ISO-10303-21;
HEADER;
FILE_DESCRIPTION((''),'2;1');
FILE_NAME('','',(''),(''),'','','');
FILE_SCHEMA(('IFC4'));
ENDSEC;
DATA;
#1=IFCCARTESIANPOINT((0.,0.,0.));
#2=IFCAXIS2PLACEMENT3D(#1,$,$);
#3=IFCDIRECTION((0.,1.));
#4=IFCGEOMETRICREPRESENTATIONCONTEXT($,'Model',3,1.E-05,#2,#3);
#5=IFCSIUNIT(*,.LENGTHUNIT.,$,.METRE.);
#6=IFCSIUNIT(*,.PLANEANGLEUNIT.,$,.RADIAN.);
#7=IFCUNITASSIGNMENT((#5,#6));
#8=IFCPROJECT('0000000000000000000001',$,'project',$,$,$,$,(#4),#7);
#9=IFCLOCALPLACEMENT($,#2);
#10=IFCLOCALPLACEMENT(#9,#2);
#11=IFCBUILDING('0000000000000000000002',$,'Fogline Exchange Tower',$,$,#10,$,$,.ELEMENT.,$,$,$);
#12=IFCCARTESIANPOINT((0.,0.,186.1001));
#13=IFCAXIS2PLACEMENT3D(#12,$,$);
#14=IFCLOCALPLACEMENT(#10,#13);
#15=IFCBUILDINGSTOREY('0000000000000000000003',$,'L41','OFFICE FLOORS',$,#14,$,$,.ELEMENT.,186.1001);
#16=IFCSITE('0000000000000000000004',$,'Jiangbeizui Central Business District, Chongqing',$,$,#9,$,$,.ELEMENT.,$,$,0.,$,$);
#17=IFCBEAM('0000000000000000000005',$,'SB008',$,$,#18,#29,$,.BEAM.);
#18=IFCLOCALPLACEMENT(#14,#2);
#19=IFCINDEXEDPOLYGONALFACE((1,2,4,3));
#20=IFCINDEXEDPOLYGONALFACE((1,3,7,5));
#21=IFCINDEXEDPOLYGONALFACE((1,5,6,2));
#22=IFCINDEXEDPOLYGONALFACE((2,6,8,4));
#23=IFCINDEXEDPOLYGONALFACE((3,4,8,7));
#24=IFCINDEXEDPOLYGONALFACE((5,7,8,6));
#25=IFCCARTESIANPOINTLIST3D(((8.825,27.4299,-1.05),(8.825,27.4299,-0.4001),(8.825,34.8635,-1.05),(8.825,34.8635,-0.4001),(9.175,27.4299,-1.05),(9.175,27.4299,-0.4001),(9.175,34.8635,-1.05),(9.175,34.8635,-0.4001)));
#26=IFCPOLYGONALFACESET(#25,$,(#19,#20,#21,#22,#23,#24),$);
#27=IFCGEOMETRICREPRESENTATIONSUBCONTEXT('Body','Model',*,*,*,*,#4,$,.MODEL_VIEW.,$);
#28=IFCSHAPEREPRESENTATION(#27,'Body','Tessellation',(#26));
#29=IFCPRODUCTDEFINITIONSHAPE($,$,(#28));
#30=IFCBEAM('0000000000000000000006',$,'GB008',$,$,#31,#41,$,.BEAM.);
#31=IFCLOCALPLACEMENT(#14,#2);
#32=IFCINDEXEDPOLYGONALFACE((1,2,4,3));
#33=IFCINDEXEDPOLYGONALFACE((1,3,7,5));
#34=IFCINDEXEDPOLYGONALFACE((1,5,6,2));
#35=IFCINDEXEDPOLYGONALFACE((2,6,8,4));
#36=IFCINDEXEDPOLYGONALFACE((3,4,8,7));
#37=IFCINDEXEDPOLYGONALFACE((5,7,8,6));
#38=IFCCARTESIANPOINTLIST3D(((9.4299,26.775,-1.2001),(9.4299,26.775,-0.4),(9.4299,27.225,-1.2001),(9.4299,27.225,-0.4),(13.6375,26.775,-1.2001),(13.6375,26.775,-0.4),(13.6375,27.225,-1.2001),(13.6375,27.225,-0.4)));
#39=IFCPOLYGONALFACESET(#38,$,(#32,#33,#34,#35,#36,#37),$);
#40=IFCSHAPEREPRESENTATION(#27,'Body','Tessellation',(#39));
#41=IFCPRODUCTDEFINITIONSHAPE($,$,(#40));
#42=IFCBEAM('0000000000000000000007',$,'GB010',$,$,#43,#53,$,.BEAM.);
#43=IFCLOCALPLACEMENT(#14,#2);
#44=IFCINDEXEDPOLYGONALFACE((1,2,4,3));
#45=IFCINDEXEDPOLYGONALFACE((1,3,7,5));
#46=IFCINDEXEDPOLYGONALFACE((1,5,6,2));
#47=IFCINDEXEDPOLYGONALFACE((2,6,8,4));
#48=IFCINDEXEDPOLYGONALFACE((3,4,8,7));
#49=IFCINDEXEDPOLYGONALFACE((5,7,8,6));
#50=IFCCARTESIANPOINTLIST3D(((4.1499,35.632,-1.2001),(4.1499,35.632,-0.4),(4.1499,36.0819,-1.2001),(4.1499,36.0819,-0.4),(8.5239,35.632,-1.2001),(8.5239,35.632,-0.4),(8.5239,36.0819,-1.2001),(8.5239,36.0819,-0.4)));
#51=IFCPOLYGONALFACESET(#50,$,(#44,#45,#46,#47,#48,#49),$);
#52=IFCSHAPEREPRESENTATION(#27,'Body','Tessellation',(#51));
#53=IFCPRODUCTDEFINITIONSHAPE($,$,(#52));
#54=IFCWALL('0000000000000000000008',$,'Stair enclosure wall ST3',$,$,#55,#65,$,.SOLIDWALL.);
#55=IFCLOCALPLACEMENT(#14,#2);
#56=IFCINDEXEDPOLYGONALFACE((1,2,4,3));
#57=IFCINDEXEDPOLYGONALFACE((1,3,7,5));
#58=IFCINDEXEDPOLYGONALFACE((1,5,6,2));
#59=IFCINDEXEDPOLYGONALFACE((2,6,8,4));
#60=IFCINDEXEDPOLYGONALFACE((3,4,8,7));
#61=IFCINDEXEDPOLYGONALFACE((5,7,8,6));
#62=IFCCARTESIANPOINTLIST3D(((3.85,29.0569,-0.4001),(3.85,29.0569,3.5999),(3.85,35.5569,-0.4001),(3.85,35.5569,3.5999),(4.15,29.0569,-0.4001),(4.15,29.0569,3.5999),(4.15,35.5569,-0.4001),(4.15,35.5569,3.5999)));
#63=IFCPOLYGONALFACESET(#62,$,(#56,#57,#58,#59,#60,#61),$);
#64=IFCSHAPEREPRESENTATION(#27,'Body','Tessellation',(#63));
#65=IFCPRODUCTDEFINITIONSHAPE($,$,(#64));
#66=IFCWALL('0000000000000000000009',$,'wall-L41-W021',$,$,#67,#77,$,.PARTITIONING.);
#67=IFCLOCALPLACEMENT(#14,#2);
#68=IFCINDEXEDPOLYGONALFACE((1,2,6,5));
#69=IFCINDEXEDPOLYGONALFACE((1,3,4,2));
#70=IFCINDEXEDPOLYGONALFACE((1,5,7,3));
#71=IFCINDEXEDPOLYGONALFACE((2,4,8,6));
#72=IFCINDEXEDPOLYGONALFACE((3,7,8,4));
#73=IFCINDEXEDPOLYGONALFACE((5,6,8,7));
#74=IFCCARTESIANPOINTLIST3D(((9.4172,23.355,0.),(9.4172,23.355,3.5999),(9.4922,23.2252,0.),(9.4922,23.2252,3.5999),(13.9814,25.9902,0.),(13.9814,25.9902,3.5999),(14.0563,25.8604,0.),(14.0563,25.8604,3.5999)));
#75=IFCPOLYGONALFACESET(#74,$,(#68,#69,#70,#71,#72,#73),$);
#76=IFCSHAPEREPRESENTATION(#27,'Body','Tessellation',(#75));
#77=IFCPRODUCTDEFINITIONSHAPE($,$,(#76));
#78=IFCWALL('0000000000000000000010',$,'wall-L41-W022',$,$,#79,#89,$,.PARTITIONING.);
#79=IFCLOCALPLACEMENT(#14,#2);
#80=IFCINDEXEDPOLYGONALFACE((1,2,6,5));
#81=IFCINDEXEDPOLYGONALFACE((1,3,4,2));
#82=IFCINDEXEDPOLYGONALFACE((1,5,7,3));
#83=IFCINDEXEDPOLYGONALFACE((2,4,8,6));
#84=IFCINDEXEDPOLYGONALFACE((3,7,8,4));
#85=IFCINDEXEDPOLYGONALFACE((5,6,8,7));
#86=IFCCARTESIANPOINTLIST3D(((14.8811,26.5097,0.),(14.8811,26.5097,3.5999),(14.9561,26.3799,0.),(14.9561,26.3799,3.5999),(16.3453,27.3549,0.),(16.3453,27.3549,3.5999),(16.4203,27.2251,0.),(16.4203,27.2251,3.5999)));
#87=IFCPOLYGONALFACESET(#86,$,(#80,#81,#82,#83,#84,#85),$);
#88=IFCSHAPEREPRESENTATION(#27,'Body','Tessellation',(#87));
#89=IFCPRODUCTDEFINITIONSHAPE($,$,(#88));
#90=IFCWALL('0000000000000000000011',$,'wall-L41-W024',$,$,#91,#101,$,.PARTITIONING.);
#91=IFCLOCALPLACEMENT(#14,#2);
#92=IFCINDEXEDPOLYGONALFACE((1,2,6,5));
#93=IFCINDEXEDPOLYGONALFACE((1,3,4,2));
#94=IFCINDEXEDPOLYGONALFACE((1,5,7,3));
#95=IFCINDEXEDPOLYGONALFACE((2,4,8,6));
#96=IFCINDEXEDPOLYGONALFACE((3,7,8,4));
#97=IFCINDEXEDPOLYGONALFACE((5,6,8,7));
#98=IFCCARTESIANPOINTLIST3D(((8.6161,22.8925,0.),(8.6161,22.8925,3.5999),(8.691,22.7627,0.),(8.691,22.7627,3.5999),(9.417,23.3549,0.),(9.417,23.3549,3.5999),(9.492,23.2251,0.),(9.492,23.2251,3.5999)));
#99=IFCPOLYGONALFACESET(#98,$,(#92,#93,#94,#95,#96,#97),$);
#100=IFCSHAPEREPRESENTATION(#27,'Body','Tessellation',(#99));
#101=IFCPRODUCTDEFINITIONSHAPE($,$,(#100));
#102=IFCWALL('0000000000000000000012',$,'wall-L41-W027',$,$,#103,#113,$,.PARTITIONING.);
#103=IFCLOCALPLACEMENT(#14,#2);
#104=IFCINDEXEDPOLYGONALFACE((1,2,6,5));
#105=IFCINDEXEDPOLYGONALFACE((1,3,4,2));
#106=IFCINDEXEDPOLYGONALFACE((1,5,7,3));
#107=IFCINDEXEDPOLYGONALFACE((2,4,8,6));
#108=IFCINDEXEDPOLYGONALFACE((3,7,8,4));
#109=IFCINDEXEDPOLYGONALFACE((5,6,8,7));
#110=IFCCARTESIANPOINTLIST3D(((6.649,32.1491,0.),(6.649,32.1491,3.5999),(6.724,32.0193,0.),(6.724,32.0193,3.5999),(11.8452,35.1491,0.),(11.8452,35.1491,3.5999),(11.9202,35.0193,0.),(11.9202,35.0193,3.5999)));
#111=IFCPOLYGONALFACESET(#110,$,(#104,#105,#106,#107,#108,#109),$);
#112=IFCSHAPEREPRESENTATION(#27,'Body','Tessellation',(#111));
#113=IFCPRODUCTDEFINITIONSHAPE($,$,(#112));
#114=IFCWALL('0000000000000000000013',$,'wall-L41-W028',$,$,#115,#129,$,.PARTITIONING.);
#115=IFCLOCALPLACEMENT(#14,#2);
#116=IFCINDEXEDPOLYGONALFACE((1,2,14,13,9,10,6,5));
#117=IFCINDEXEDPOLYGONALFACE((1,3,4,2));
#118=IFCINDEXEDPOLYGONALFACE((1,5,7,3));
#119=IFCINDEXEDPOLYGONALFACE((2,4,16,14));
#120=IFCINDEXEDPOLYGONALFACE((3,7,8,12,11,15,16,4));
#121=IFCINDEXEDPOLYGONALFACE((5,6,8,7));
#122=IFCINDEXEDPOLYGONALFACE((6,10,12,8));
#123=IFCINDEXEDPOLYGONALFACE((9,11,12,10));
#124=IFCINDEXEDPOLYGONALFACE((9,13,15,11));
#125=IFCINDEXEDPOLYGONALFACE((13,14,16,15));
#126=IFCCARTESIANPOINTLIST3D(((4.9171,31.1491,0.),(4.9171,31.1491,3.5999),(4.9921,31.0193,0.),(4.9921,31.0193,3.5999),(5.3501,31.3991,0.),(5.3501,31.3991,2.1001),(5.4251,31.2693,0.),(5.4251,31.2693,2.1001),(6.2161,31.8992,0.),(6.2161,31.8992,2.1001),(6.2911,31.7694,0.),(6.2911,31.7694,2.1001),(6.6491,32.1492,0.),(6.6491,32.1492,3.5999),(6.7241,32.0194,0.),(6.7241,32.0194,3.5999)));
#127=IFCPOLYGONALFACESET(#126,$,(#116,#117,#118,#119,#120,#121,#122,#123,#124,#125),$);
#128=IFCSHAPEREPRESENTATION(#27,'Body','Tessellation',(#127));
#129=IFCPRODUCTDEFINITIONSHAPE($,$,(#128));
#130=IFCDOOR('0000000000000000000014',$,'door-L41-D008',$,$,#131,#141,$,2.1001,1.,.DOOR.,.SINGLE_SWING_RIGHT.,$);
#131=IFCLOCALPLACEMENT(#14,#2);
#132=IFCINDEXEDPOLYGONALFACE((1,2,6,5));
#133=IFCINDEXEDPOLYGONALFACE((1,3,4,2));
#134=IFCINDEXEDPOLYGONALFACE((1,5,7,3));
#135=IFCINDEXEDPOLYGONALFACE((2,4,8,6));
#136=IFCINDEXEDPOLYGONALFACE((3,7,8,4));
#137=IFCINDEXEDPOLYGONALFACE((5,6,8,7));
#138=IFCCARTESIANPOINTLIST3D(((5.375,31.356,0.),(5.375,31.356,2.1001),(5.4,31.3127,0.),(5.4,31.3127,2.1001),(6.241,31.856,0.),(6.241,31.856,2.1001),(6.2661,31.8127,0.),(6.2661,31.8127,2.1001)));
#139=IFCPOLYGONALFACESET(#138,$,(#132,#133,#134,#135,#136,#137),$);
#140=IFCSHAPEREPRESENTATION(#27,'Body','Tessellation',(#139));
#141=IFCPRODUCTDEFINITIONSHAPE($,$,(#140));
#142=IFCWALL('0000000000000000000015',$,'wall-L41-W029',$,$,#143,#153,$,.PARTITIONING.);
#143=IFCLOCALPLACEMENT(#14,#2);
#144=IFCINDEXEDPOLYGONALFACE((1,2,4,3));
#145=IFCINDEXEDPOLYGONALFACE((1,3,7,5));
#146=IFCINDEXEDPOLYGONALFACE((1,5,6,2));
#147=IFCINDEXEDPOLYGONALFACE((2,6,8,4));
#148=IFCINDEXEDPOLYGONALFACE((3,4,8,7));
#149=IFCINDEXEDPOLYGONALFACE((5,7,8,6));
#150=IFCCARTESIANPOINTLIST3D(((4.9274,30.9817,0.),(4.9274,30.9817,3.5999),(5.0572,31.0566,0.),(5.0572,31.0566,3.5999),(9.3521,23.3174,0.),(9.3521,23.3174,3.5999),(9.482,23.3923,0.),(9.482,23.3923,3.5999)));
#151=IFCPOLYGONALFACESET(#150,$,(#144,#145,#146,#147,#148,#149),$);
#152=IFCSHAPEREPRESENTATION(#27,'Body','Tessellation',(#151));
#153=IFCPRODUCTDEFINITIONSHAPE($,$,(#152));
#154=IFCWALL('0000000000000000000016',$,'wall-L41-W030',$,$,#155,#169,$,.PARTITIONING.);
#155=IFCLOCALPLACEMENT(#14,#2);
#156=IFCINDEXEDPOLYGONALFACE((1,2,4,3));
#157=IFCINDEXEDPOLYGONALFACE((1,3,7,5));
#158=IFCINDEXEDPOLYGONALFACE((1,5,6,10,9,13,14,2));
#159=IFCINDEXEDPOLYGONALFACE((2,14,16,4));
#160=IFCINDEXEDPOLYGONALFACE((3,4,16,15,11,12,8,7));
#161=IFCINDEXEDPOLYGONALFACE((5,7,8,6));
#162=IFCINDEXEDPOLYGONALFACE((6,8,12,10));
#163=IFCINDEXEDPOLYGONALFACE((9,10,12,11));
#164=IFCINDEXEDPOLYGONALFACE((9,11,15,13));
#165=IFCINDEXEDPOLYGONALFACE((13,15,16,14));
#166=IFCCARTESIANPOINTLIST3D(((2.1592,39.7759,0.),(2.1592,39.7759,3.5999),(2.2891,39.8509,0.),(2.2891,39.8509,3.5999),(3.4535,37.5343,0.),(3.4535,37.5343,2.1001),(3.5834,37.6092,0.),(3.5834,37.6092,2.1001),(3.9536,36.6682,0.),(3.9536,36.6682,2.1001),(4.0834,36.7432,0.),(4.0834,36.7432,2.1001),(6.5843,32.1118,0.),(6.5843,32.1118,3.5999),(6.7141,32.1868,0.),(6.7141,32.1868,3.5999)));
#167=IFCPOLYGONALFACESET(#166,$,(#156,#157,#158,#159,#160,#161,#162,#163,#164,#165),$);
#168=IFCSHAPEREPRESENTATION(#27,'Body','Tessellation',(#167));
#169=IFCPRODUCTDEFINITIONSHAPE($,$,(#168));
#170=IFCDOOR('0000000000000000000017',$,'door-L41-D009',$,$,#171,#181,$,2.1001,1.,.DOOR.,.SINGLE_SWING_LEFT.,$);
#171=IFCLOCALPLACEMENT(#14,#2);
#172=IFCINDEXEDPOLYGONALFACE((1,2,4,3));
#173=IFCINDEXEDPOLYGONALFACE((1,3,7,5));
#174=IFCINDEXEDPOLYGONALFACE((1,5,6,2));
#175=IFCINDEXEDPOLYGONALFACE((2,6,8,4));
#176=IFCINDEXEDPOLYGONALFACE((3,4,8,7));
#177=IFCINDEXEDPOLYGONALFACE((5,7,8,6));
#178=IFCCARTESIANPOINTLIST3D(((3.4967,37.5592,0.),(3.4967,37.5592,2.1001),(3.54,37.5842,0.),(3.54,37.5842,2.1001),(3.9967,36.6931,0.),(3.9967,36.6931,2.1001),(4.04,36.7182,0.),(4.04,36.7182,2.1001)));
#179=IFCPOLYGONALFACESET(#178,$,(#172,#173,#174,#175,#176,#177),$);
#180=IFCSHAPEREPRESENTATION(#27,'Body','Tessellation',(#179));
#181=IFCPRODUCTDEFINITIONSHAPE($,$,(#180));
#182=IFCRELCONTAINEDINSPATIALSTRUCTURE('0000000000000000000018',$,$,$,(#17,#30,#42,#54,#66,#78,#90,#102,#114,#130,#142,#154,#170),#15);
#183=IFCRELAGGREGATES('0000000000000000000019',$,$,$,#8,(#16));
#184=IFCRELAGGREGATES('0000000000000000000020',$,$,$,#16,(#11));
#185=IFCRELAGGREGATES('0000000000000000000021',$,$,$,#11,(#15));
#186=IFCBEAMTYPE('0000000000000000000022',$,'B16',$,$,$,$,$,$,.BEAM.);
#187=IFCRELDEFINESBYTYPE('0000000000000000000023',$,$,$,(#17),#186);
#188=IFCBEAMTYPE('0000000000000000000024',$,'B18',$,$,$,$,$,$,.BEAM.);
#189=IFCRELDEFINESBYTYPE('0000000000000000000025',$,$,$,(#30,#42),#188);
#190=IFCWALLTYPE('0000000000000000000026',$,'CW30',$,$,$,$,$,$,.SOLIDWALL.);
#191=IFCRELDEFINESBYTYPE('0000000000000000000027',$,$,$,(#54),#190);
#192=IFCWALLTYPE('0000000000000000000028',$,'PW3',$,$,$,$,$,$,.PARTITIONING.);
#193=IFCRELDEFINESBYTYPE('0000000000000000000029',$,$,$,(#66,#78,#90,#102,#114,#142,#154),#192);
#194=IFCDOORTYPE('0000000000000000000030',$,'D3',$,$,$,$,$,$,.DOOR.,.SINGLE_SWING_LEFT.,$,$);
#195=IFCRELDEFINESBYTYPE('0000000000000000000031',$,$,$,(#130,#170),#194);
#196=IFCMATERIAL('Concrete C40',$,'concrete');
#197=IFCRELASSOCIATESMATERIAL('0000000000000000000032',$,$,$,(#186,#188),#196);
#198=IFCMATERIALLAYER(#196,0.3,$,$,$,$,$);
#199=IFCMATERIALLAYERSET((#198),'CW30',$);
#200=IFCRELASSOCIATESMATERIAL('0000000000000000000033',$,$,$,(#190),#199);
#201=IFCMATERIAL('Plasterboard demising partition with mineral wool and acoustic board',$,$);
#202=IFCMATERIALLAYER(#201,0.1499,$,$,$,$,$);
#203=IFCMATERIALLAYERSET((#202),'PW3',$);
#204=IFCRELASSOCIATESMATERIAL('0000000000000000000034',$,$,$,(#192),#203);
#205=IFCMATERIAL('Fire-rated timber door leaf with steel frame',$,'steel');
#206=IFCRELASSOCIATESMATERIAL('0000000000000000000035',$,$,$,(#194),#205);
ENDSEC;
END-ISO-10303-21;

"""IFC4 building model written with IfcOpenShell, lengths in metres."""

from ifc_helpers import new_model, si_unit, direction, frame, frame_2d, origin, origin_2d, place, context, subcontext, project, spatial, rectangle, extrude, material, layer, layer_set, material_profile, profile_set, type_object, element, fill, save


model = new_model("IFC4")

# Units and contexts
model_context = context("Model", 3, precision=1e-05, world=origin(), true_north=direction((0.0, 1.0)))
body_context = subcontext(model_context, "Body", "Model", "MODEL_VIEW")
ifc_project = project(units=[si_unit("LENGTHUNIT", "METRE"), si_unit("PLANEANGLEUNIT", "RADIAN")], contexts=[model_context])

# Site, building, storey
site_placement = place(None, origin())
site = spatial("IfcSite", under=ifc_project, at=site_placement, Name="Jiangbeizui Central Business District, Chongqing", CompositionType="ELEMENT", RefElevation=0.0)
building_placement = place(site_placement, origin())
building = spatial("IfcBuilding", under=site, at=building_placement, Name="Fogline Exchange Tower", CompositionType="ELEMENT")
storey_placement = place(building_placement, frame((0.0, 0.0, 186.1001)))
storey = spatial("IfcBuildingStorey", under=building, at=storey_placement, Name="L41", Description="OFFICE FLOORS", CompositionType="ELEMENT", Elevation=186.1001)

# Beams
ifc_material_1 = material(Name="Concrete C40", Category="concrete")
ifc_material_profile_1 = material_profile(ifc_material_1, rectangle(XDim=0.3501, YDim=0.6499, at=origin_2d()), Name="RC 350x650")
ifc_profile_set_1 = profile_set([ifc_material_profile_1], Name="Concrete C40")
beam_type_1 = type_object("IfcBeamType", Name="B16", PredefinedType="BEAM", material=ifc_profile_set_1)
beam_1_placement = place(storey_placement, frame((9.0, 27.4299, -0.7251), z_axis=(0.0, 1.0, 0.0), x_axis=(-1.0, 0.0, 0.0)))
element("IfcBeam", 1, at=beam_1_placement, inside=storey, type_object=beam_type_1, Name="SB008", PredefinedType="BEAM", context=body_context, shape_type="SweptSolid", body=[
    extrude(rectangle(XDim=0.3501, YDim=0.6499, at=origin_2d()), origin(), (0.0, 0.0, 1.0), 7.4336),
])
ifc_material_profile_2 = material_profile(ifc_material_1, rectangle(XDim=0.45, YDim=0.8, at=origin_2d()), Name="RC 450x800")
ifc_profile_set_2 = profile_set([ifc_material_profile_2], Name="Concrete C40")
beam_type_2 = type_object("IfcBeamType", Name="B18", PredefinedType="BEAM", material=ifc_profile_set_2)
beam_2_placement = place(storey_placement, frame((9.4299, 27.0, -0.8), z_axis=(1.0, 0.0, 0.0), x_axis=(0.0, 1.0, 0.0)))
element("IfcBeam", 2, at=beam_2_placement, inside=storey, type_object=beam_type_2, Name="GB008", PredefinedType="BEAM", context=body_context, shape_type="SweptSolid", body=[
    extrude(rectangle(XDim=0.45, YDim=0.8, at=origin_2d()), origin(), (0.0, 0.0, 1.0), 4.2075),
])
beam_3_placement = place(storey_placement, frame((4.1499, 35.8569, -0.8), z_axis=(1.0, 0.0, 0.0), x_axis=(0.0, 1.0, 0.0)))
element("IfcBeam", 3, at=beam_3_placement, inside=storey, type_object=beam_type_2, Name="GB010", PredefinedType="BEAM", context=body_context, shape_type="SweptSolid", body=[
    extrude(rectangle(XDim=0.45, YDim=0.8, at=origin_2d()), origin(), (0.0, 0.0, 1.0), 4.374),
])

# Wall
ifc_layer_1 = layer(ifc_material_1, 0.3)
ifc_layer_set_1 = layer_set([ifc_layer_1], Name="CW30")
wall_type_1 = type_object("IfcWallType", Name="CW30", PredefinedType="SOLIDWALL", material=ifc_layer_set_1)
wall_1_placement = place(storey_placement, frame((4.0, 29.0569, -0.4001), z_axis=(0.0, 0.0, 1.0), x_axis=(0.0, 1.0, 0.0)))
element("IfcWall", 4, at=wall_1_placement, inside=storey, type_object=wall_type_1, Name="Stair enclosure wall ST3", PredefinedType="SOLIDWALL", context=body_context, shape_type="SweptSolid", body=[
    extrude(rectangle(XDim=6.5, YDim=0.3, at=frame_2d((3.25, 0.0))), origin(), (0.0, 0.0, 1.0), 4.0),
])

# Walls
ifc_material_2 = material(Name="Plasterboard demising partition with mineral wool and acoustic board")
ifc_layer_2 = layer(ifc_material_2, 0.1499)
ifc_layer_set_2 = layer_set([ifc_layer_2], Name="PW3")
wall_type_2 = type_object("IfcWallType", Name="PW3", PredefinedType="PARTITIONING", material=ifc_layer_set_2)
wall_2_placement = place(storey_placement, frame((9.4546, 23.29, 0.0), z_axis=(0.0, 0.0, 1.0), x_axis=(0.866017, 0.500015, 0.0)))
element("IfcWall", 5, at=wall_2_placement, inside=storey, type_object=wall_type_2, Name="wall-L41-W021", PredefinedType="PARTITIONING", context=body_context, shape_type="SweptSolid", body=[
    extrude(rectangle(XDim=5.2703, YDim=0.1499, at=frame_2d((2.6353, 0.0))), origin(), (0.0, 0.0, 1.0), 3.5999),
])
wall_3_placement = place(storey_placement, frame((14.9187, 26.4448, 0.0), z_axis=(0.0, 0.0, 1.0), x_axis=(0.866049, 0.49996, 0.0)))
element("IfcWall", 6, at=wall_3_placement, inside=storey, type_object=wall_type_2, Name="wall-L41-W022", PredefinedType="PARTITIONING", context=body_context, shape_type="SweptSolid", body=[
    extrude(rectangle(XDim=1.6907, YDim=0.1499, at=frame_2d((0.8452, 0.0))), origin(), (0.0, 0.0, 1.0), 3.5999),
])
wall_4_placement = place(storey_placement, frame((8.6536, 22.8276, 0.0), z_axis=(0.0, 0.0, 1.0), x_axis=(0.866058, 0.499943, 0.0)))
element("IfcWall", 7, at=wall_4_placement, inside=storey, type_object=wall_type_2, Name="wall-L41-W024", PredefinedType="PARTITIONING", context=body_context, shape_type="SweptSolid", body=[
    extrude(rectangle(XDim=0.9248, YDim=0.1499, at=frame_2d((0.4624, 0.0))), origin(), (0.0, 0.0, 1.0), 3.5999),
])
wall_5_placement = place(storey_placement, frame((6.6865, 32.0842, 0.0), z_axis=(0.0, 0.0, 1.0), x_axis=(0.866031, 0.49999, 0.0)))
element("IfcWall", 8, at=wall_5_placement, inside=storey, type_object=wall_type_2, Name="wall-L41-W027", PredefinedType="PARTITIONING", context=body_context, shape_type="SweptSolid", body=[
    extrude(rectangle(XDim=6.0, YDim=0.1499, at=frame_2d((3.0, 0.0))), origin(), (0.0, 0.0, 1.0), 3.5999),
])

# Wall, opening, door
wall_6_placement = place(storey_placement, frame((4.9546, 31.0842, 0.0), z_axis=(0.0, 0.0, 1.0), x_axis=(0.866011, 0.500025, 0.0)))
wall_6 = element("IfcWall", 9, at=wall_6_placement, inside=storey, type_object=wall_type_2, Name="wall-L41-W028", PredefinedType="PARTITIONING", context=body_context, shape_type="SweptSolid", body=[
    extrude(rectangle(XDim=2.0, YDim=0.1499, at=frame_2d((1.0, 0.0))), origin(), (0.0, 0.0, 1.0), 3.5999),
])
opening_1_placement = place(wall_6_placement, frame((0.5, 0.0, 0.0)))
opening_1 = element("IfcOpeningElement", 10, at=opening_1_placement, cuts=wall_6, PredefinedType="OPENING", context=body_context, shape_type="SweptSolid", body=[
    extrude(rectangle(XDim=1.0, YDim=2.1001, at=frame_2d((0.5, 1.05))), frame((0.0, 0.085, 0.0), z_axis=(0.0, -1.0, 0.0), x_axis=(1.0, 0.0, 0.0)), (0.0, 0.0, 1.0), 0.1699),
])
ifc_material_3 = material(Name="Fire-rated timber door leaf with steel frame", Category="steel")
door_type_1 = type_object("IfcDoorType", Name="D3", OperationType="SINGLE_SWING_LEFT", PredefinedType="DOOR", material=ifc_material_3)
door_1_placement = place(opening_1_placement, frame((1.0, 0.0, 0.0), z_axis=(0.0, 0.0, 1.0), x_axis=(-1.0, 0.0, 0.0)))
door_1 = element("IfcDoor", 11, at=door_1_placement, inside=storey, type_object=door_type_1, Name="door-L41-D008", OperationType="SINGLE_SWING_RIGHT", OverallHeight=2.1001, OverallWidth=1.0, PredefinedType="DOOR", context=body_context, shape_type="SweptSolid", body=[
    extrude(rectangle(XDim=1.0, YDim=2.1001, at=frame_2d((0.5, 1.05))), frame((0.0, 0.0249, 0.0), z_axis=(0.0, -1.0, 0.0), x_axis=(1.0, 0.0, 0.0)), (0.0, 0.0, 1.0), 0.05),
])
fill(opening_1, door_1)

# Wall
wall_7_placement = place(storey_placement, frame((9.417, 23.355, 0.0), z_axis=(0.0, 0.0, 1.0), x_axis=(-0.499984, 0.866034, 0.0)))
element("IfcWall", 12, at=wall_7_placement, inside=storey, type_object=wall_type_2, Name="wall-L41-W029", PredefinedType="PARTITIONING", context=body_context, shape_type="SweptSolid", body=[
    extrude(rectangle(XDim=8.8499, YDim=0.1499, at=frame_2d((4.4248, 0.0))), origin(), (0.0, 0.0, 1.0), 3.5999),
])

# Wall, opening, door
wall_8_placement = place(storey_placement, frame((6.6492, 32.1494, 0.0), z_axis=(0.0, 0.0, 1.0), x_axis=(-0.500017, 0.866016, 0.0)))
wall_8 = element("IfcWall", 13, at=wall_8_placement, inside=storey, type_object=wall_type_2, Name="wall-L41-W030", PredefinedType="PARTITIONING", context=body_context, shape_type="SweptSolid", body=[
    extrude(rectangle(XDim=8.8499, YDim=0.1499, at=frame_2d((4.4248, 0.0))), origin(), (0.0, 0.0, 1.0), 3.5999),
])
opening_2_placement = place(wall_8_placement, frame((5.2612, 0.0, 0.0)))
opening_2 = element("IfcOpeningElement", 14, at=opening_2_placement, cuts=wall_8, PredefinedType="OPENING", context=body_context, shape_type="SweptSolid", body=[
    extrude(rectangle(XDim=1.0, YDim=2.1001, at=frame_2d((0.5, 1.05))), frame((0.0, 0.085, 0.0), z_axis=(0.0, -1.0, 0.0), x_axis=(1.0, 0.0, 0.0)), (0.0, 0.0, 1.0), 0.1699),
])
door_2_placement = place(opening_2_placement, frame((1.0, 0.0, 0.0), z_axis=(0.0, 0.0, 1.0), x_axis=(-1.0, 0.0, 0.0)))
door_2 = element("IfcDoor", 15, at=door_2_placement, inside=storey, type_object=door_type_1, Name="door-L41-D009", OperationType="SINGLE_SWING_LEFT", OverallHeight=2.1001, OverallWidth=1.0, PredefinedType="DOOR", context=body_context, shape_type="SweptSolid", body=[
    extrude(rectangle(XDim=1.0, YDim=2.1001, at=frame_2d((0.5, 1.05))), frame((0.0, 0.0249, 0.0), z_axis=(0.0, -1.0, 0.0), x_axis=(1.0, 0.0, 0.0)), (0.0, 0.0, 1.0), 0.05),
])
fill(opening_2, door_2)

save(model, "model.ifc")
